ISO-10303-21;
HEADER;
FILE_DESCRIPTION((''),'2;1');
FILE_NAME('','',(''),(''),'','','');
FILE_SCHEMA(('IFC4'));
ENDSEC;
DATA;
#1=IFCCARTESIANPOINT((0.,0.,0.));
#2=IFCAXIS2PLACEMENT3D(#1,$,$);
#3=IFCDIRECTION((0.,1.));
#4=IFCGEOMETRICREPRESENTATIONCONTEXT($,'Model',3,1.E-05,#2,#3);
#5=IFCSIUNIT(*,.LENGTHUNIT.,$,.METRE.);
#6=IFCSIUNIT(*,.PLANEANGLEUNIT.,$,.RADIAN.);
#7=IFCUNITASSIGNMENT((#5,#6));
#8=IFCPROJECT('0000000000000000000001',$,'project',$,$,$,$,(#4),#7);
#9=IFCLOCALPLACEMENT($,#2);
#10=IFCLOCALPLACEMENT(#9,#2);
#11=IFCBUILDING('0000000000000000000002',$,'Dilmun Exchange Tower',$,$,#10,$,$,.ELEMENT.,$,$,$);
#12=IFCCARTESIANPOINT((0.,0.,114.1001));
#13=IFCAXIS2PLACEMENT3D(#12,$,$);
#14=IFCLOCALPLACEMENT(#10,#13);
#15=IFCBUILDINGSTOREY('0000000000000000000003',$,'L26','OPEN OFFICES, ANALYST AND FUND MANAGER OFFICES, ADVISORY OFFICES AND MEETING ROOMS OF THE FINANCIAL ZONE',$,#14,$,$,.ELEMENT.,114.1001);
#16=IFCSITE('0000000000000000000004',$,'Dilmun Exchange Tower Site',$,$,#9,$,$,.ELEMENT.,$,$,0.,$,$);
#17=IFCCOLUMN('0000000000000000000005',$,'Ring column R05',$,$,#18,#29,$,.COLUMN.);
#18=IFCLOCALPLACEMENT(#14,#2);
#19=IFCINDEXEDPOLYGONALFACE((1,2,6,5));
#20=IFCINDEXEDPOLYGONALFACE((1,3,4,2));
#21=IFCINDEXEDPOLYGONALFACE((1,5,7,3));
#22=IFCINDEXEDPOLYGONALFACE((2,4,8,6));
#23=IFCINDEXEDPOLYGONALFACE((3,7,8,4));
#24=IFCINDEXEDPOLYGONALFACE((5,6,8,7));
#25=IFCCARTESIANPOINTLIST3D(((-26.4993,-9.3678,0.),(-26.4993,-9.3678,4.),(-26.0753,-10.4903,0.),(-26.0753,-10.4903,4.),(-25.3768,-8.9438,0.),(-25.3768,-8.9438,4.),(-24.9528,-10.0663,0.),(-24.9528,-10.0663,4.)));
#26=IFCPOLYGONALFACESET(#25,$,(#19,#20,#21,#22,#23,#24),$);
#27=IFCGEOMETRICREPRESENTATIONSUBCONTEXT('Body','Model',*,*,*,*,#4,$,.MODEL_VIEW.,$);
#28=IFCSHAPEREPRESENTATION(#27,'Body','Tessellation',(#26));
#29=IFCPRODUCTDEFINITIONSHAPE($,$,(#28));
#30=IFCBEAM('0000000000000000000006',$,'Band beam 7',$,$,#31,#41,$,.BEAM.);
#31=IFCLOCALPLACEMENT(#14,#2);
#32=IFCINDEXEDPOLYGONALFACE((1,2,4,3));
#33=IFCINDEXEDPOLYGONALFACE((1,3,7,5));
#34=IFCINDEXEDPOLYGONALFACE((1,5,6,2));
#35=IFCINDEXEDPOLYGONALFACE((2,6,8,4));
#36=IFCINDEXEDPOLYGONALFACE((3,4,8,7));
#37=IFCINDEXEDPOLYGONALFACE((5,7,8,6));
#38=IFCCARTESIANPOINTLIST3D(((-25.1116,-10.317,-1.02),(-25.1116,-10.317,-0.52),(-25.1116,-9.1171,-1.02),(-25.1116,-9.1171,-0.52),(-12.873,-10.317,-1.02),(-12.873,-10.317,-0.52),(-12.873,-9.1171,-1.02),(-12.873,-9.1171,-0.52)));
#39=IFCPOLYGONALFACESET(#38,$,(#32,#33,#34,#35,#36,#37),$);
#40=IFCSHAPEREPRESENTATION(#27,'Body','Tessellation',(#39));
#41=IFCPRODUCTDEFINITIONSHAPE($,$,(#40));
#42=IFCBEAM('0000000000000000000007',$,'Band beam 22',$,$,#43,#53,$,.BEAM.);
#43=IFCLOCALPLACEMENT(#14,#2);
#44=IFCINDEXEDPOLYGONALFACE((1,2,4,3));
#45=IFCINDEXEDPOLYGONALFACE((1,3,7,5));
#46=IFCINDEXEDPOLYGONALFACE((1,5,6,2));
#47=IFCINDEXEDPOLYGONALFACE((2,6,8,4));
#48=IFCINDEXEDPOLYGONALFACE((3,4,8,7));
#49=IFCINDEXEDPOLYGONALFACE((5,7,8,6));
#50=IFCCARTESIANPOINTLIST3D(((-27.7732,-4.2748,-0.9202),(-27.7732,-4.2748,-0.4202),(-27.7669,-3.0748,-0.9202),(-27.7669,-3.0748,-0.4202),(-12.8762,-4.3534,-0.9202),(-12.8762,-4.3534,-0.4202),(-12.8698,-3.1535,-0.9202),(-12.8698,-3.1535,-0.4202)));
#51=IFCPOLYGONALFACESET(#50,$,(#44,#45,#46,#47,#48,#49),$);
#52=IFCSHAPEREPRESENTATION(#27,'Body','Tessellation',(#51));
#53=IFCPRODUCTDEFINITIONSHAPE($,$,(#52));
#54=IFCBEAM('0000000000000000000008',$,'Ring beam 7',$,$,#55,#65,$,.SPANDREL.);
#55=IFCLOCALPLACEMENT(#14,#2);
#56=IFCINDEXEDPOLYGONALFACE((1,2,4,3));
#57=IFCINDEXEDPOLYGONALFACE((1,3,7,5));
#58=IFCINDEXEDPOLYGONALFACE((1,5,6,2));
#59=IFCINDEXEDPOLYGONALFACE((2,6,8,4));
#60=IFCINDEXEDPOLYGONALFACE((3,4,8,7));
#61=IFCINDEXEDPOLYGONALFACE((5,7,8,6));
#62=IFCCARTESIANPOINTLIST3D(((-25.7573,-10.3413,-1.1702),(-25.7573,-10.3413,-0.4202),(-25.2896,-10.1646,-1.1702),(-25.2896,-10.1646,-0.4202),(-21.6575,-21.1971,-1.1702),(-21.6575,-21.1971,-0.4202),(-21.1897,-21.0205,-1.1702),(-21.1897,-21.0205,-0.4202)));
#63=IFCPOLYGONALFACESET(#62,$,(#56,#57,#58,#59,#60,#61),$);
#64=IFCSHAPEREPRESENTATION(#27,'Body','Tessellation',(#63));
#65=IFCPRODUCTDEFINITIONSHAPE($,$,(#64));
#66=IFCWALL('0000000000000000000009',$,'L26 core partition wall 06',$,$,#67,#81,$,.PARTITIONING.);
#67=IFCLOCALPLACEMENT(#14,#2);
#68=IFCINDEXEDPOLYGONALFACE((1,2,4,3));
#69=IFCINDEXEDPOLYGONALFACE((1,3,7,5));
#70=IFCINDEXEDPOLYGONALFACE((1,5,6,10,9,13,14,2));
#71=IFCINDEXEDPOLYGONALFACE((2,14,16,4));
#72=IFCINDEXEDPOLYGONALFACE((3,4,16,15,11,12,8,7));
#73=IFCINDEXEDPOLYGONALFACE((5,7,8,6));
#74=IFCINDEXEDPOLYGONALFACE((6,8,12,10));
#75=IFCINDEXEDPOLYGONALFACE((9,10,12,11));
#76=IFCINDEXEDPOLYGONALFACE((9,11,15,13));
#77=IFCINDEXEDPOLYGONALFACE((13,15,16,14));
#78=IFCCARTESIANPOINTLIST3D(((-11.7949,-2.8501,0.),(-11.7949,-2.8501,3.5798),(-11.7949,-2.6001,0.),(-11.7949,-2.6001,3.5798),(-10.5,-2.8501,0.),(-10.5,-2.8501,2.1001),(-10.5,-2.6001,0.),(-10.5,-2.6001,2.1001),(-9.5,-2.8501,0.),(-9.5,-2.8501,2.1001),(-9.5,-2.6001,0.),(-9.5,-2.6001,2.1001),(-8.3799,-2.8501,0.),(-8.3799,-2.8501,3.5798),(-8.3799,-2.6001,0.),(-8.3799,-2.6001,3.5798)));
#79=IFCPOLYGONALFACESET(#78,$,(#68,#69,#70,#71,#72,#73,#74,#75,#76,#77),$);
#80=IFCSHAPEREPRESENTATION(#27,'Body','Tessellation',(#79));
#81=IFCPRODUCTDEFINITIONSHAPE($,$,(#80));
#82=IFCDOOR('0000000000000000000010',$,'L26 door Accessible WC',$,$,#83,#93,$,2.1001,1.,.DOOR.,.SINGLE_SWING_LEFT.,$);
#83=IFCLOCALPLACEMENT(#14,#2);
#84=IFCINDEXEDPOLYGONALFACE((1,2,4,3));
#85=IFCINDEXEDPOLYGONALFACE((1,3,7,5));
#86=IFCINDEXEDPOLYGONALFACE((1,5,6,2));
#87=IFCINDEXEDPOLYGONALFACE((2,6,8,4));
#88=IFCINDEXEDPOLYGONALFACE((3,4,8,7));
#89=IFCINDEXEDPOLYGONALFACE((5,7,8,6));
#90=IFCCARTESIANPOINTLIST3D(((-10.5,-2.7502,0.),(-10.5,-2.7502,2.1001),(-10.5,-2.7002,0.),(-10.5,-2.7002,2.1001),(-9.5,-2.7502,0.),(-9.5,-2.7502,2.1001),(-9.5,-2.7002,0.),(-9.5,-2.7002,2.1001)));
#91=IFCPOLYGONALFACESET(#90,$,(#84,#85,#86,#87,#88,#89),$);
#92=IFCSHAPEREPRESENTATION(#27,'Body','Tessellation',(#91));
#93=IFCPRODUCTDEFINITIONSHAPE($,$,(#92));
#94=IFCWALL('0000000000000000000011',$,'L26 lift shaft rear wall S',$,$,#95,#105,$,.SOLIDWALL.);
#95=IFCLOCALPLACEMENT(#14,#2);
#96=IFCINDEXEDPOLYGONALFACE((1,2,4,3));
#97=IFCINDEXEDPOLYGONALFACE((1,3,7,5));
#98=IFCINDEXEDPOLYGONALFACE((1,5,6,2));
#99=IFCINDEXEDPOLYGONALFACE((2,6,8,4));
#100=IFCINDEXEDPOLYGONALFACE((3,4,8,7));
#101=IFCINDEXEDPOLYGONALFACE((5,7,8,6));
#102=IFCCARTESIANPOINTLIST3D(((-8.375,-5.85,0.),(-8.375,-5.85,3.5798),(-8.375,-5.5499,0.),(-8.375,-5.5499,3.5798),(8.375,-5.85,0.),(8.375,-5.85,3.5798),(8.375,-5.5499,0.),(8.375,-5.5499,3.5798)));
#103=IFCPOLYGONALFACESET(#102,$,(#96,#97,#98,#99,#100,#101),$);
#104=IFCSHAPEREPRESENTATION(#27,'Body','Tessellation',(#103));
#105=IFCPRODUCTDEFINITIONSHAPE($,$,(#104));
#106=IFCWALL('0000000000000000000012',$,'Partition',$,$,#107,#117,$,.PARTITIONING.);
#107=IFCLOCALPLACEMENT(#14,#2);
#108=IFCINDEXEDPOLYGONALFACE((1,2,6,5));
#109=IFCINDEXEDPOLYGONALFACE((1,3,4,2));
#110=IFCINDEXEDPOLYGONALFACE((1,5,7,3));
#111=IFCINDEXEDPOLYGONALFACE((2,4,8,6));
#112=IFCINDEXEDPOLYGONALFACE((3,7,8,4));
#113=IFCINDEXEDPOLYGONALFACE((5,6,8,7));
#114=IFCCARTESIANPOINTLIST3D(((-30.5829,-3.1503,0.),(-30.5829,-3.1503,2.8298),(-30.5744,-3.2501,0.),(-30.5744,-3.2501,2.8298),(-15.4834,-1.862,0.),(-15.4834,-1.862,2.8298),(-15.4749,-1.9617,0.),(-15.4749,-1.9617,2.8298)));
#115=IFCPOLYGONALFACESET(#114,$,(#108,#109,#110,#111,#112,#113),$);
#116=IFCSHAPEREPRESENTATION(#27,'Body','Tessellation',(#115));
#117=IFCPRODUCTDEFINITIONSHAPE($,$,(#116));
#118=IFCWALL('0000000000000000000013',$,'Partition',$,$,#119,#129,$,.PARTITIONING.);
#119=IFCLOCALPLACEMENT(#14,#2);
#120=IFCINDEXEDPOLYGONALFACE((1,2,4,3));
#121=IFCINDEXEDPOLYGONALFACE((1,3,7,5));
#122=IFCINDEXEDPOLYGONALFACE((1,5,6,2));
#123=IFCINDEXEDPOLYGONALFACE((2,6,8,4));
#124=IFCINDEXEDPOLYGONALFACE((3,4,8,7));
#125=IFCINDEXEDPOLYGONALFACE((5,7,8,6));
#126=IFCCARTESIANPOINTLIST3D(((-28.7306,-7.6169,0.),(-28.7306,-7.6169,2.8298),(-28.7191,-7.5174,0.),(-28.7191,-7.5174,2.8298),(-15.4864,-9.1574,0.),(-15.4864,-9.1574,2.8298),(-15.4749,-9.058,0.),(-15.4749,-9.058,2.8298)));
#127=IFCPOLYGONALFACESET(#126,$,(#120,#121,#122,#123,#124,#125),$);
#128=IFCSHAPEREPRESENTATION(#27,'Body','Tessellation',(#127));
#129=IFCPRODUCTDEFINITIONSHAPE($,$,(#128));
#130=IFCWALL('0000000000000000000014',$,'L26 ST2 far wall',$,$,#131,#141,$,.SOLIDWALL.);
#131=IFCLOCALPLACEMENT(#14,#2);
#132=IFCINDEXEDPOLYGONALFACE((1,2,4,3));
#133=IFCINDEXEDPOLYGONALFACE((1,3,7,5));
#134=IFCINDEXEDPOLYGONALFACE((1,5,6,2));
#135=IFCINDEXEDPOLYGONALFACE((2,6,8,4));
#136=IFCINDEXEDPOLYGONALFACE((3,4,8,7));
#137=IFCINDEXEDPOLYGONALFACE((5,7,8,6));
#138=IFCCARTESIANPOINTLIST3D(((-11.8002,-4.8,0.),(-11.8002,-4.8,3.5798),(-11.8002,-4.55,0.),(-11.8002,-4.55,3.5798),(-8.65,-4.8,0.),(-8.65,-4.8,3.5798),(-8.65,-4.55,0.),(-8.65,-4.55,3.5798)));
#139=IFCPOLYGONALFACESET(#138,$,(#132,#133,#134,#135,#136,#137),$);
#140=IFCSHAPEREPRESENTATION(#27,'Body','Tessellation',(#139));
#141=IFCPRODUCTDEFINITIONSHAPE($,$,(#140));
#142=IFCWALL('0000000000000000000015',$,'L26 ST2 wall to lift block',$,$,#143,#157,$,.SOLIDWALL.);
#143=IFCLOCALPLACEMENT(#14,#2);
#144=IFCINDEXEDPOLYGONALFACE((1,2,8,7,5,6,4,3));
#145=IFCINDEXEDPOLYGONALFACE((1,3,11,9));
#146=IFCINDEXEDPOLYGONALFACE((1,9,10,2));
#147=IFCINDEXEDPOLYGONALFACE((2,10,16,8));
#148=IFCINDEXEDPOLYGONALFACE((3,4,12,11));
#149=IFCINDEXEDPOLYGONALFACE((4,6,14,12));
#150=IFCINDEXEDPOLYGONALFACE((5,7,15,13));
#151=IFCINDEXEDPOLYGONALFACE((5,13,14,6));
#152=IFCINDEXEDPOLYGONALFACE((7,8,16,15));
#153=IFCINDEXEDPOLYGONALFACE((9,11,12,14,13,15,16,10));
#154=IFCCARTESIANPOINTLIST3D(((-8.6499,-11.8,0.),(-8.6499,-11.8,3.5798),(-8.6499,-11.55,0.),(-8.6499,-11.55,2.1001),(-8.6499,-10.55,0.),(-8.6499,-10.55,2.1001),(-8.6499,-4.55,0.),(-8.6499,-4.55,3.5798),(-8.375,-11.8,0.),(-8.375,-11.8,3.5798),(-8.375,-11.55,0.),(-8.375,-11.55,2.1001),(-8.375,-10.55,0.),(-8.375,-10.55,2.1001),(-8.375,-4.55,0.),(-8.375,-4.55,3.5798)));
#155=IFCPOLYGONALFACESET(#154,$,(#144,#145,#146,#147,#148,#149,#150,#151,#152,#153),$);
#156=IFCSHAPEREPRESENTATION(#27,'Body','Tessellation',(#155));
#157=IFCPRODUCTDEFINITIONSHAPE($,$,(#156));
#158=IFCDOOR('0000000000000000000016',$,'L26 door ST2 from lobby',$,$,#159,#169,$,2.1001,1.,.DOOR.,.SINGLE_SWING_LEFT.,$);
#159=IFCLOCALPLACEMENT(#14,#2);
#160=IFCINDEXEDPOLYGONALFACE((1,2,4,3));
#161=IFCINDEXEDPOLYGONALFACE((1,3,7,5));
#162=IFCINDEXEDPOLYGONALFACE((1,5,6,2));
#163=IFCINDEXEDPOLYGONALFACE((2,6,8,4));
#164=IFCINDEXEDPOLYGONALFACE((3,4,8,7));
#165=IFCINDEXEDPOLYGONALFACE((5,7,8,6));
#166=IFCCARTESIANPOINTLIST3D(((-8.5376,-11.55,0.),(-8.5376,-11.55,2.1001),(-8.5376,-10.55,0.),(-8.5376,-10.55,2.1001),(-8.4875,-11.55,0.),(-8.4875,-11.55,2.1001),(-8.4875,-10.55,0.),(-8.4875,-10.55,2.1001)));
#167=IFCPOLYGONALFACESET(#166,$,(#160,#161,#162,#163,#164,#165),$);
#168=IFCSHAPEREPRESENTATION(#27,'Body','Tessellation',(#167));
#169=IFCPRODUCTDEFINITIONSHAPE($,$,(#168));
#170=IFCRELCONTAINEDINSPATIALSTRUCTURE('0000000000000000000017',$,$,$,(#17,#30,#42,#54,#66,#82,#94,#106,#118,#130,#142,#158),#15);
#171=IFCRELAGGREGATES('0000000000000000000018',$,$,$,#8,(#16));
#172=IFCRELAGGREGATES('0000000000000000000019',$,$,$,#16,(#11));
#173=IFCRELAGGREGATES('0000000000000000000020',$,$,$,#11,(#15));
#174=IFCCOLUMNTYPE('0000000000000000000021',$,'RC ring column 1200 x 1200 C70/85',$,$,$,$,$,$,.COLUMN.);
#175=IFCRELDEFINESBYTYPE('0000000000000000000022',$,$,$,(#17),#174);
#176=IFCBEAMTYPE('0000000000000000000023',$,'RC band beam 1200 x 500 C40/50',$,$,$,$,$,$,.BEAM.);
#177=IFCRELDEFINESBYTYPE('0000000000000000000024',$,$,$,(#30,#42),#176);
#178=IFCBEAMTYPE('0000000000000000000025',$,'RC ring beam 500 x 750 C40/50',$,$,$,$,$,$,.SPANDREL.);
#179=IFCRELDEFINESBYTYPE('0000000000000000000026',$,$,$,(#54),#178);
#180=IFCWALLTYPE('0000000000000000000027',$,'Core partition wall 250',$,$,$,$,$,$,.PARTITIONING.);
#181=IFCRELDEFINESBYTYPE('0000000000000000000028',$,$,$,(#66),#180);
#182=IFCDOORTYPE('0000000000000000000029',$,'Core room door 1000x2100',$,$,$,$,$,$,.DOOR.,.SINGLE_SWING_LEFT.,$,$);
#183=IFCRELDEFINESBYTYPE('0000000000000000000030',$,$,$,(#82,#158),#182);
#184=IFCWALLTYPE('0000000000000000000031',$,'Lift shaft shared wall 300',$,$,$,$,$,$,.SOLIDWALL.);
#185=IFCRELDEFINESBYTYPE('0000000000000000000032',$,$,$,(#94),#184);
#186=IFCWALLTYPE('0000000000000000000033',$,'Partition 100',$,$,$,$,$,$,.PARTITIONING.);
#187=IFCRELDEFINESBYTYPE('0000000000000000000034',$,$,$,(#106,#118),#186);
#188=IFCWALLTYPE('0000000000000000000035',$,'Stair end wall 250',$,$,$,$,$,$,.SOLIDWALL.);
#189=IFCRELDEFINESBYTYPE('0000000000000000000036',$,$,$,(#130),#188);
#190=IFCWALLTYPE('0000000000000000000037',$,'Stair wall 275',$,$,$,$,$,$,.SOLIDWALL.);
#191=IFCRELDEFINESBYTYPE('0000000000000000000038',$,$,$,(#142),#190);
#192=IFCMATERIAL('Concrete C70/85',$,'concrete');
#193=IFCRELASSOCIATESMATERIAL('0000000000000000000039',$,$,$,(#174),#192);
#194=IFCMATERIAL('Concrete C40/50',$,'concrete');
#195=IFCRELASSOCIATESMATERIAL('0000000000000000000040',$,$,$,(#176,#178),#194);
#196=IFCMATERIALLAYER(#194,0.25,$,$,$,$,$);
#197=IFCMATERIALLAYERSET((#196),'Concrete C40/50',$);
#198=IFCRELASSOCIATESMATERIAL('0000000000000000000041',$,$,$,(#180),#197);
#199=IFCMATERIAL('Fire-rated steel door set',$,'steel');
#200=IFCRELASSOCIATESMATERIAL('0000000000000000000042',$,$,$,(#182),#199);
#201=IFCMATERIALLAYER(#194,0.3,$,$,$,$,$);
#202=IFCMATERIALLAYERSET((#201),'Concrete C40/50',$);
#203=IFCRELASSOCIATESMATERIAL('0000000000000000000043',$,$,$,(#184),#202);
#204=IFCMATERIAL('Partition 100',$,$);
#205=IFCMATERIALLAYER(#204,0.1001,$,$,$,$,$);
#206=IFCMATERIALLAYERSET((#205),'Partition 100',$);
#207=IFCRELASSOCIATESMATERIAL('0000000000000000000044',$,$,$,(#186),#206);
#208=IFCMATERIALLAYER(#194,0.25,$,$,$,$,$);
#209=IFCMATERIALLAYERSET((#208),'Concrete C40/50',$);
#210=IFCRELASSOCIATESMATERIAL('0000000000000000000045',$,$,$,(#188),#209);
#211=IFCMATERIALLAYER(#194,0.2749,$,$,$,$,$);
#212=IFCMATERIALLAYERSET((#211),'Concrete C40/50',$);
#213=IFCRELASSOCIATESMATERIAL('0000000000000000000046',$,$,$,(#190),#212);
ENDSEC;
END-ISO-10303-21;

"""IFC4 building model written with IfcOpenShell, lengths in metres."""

from ifc_helpers import new_model, si_unit, direction, frame, frame_2d, origin, origin_2d, place, context, subcontext, project, spatial, rectangle, extrude, material, layer, layer_set, material_profile, profile_set, type_object, element, fill, save


model = new_model("IFC4")

# Units and contexts
model_context = context("Model", 3, precision=1e-05, world=origin(), true_north=direction((0.0, 1.0)))
body_context = subcontext(model_context, "Body", "Model", "MODEL_VIEW")
ifc_project = project(units=[si_unit("LENGTHUNIT", "METRE"), si_unit("PLANEANGLEUNIT", "RADIAN")], contexts=[model_context])

# Site, building, storey
site_placement = place(None, origin())
site = spatial("IfcSite", under=ifc_project, at=site_placement, Name="Dilmun Exchange Tower Site", CompositionType="ELEMENT", RefElevation=0.0)
building_placement = place(site_placement, origin())
building = spatial("IfcBuilding", under=site, at=building_placement, Name="Dilmun Exchange Tower", CompositionType="ELEMENT")
storey_placement = place(building_placement, frame((0.0, 0.0, 114.1001)))
storey = spatial("IfcBuildingStorey", under=building, at=storey_placement, Name="L26", Description="OPEN OFFICES, ANALYST AND FUND MANAGER OFFICES, ADVISORY OFFICES AND MEETING ROOMS OF THE FINANCIAL ZONE", CompositionType="ELEMENT", Elevation=114.1001)

# Column
ifc_material_1 = material(Name="Concrete C70/85", Category="concrete")
ifc_material_profile_1 = material_profile(ifc_material_1, rectangle(XDim=1.2, YDim=1.2, at=origin_2d()), Name="1200 x 1200")
ifc_profile_set_1 = profile_set([ifc_material_profile_1], Name="Concrete C70/85")
column_type = type_object("IfcColumnType", Name="RC ring column 1200 x 1200 C70/85", PredefinedType="COLUMN", material=ifc_profile_set_1)
column_placement = place(storey_placement, frame((-25.7261, -9.717, 0.0), z_axis=(0.0, 0.0, 1.0), x_axis=(0.935492, 0.353349, 0.0)))
element("IfcColumn", 1, at=column_placement, inside=storey, type_object=column_type, Name="Ring column R05", PredefinedType="COLUMN", context=body_context, shape_type="SweptSolid", body=[
    extrude(rectangle(XDim=1.2, YDim=1.2, at=origin_2d()), origin(), (0.0, 0.0, 1.0), 4.0),
])

# Beams
ifc_material_2 = material(Name="Concrete C40/50", Category="concrete")
ifc_material_profile_2 = material_profile(ifc_material_2, rectangle(XDim=1.2, YDim=0.5, at=origin_2d()), Name="1200 x 500")
ifc_profile_set_2 = profile_set([ifc_material_profile_2], Name="Concrete C40/50")
beam_type_1 = type_object("IfcBeamType", Name="RC band beam 1200 x 500 C40/50", PredefinedType="BEAM", material=ifc_profile_set_2)
beam_1_placement = place(storey_placement, frame((-25.1116, -9.717, -0.77), z_axis=(1.0, 0.0, 0.0), x_axis=(0.0, 1.0, 0.0)))
element("IfcBeam", 2, at=beam_1_placement, inside=storey, type_object=beam_type_1, Name="Band beam 7", PredefinedType="BEAM", context=body_context, shape_type="SweptSolid", body=[
    extrude(rectangle(XDim=1.2, YDim=0.5, at=origin_2d()), origin(), (0.0, 0.0, 1.0), 12.2385),
])
beam_2_placement = place(storey_placement, frame((-27.77, -3.6748, -0.6702), z_axis=(0.999986, -0.005277, 0.0), x_axis=(0.005277, 0.999986, 0.0)))
element("IfcBeam", 3, at=beam_2_placement, inside=storey, type_object=beam_type_1, Name="Band beam 22", PredefinedType="BEAM", context=body_context, shape_type="SweptSolid", body=[
    extrude(rectangle(XDim=1.2, YDim=0.5, at=origin_2d()), origin(), (0.0, 0.0, 1.0), 14.8972),
])
ifc_material_profile_3 = material_profile(ifc_material_2, rectangle(XDim=0.5, YDim=0.75, at=origin_2d()), Name="500 x 750")
ifc_profile_set_3 = profile_set([ifc_material_profile_3], Name="Concrete C40/50")
beam_type_2 = type_object("IfcBeamType", Name="RC ring beam 500 x 750 C40/50", PredefinedType="SPANDREL", material=ifc_profile_set_3)
beam_3_placement = place(storey_placement, frame((-25.5234, -10.2529, -0.7952), z_axis=(0.353304, -0.935509, 0.0), x_axis=(0.935509, 0.353304, 0.0)))
element("IfcBeam", 4, at=beam_3_placement, inside=storey, type_object=beam_type_2, Name="Ring beam 7", PredefinedType="SPANDREL", context=body_context, shape_type="SweptSolid", body=[
    extrude(rectangle(XDim=0.5, YDim=0.75, at=origin_2d()), origin(), (0.0, 0.0, 1.0), 11.6042),
])

# Wall, opening, door
ifc_layer_1 = layer(ifc_material_2, 0.25)
ifc_layer_set_1 = layer_set([ifc_layer_1], Name="Concrete C40/50")
wall_type_1 = type_object("IfcWallType", Name="Core partition wall 250", PredefinedType="PARTITIONING", material=ifc_layer_set_1)
wall_1_placement = place(storey_placement, frame((-11.7949, -2.7251, 0.0), z_axis=(0.0, 0.0, 1.0), x_axis=(1.0, 0.0, 0.0)))
wall_1 = element("IfcWall", 5, at=wall_1_placement, inside=storey, type_object=wall_type_1, Name="L26 core partition wall 06", PredefinedType="PARTITIONING", context=body_context, shape_type="SweptSolid", body=[
    extrude(rectangle(XDim=3.415, YDim=0.25, at=frame_2d((1.7075, 0.0))), origin(), (0.0, 0.0, 1.0), 3.5798),
])
opening_1_placement = place(wall_1_placement, frame((1.2949, 0.0, 0.0)))
opening_1 = element("IfcOpeningElement", 6, at=opening_1_placement, cuts=wall_1, PredefinedType="OPENING", context=body_context, shape_type="SweptSolid", body=[
    extrude(rectangle(XDim=1.0, YDim=2.1001, at=frame_2d((0.5, 1.05))), frame((0.0, 0.135, 0.0), z_axis=(0.0, -1.0, 0.0), x_axis=(1.0, 0.0, 0.0)), (0.0, 0.0, 1.0), 0.27),
])
ifc_material_3 = material(Name="Fire-rated steel door set", Category="steel")
door_type = type_object("IfcDoorType", Name="Core room door 1000x2100", OperationType="SINGLE_SWING_LEFT", PredefinedType="DOOR", material=ifc_material_3)
door_1_placement = place(opening_1_placement, origin())
door_1 = element("IfcDoor", 7, at=door_1_placement, inside=storey, type_object=door_type, Name="L26 door Accessible WC", OperationType="SINGLE_SWING_LEFT", OverallHeight=2.1001, OverallWidth=1.0, PredefinedType="DOOR", context=body_context, shape_type="SweptSolid", body=[
    extrude(rectangle(XDim=1.0, YDim=2.1001, at=frame_2d((0.5, 1.05))), frame((0.0, 0.0249, 0.0), z_axis=(0.0, -1.0, 0.0), x_axis=(1.0, 0.0, 0.0)), (0.0, 0.0, 1.0), 0.05),
])
fill(opening_1, door_1)

# Walls
ifc_layer_2 = layer(ifc_material_2, 0.3)
ifc_layer_set_2 = layer_set([ifc_layer_2], Name="Concrete C40/50")
wall_type_2 = type_object("IfcWallType", Name="Lift shaft shared wall 300", PredefinedType="SOLIDWALL", material=ifc_layer_set_2)
wall_2_placement = place(storey_placement, frame((-8.375, -5.7, 0.0), z_axis=(0.0, 0.0, 1.0), x_axis=(1.0, 0.0, 0.0)))
element("IfcWall", 8, at=wall_2_placement, inside=storey, type_object=wall_type_2, Name="L26 lift shaft rear wall S", PredefinedType="SOLIDWALL", context=body_context, shape_type="SweptSolid", body=[
    extrude(rectangle(XDim=16.75, YDim=0.3, at=frame_2d((8.375, 0.0))), origin(), (0.0, 0.0, 1.0), 3.5798),
])
ifc_material_4 = material(Name="Partition 100")
ifc_layer_3 = layer(ifc_material_4, 0.1001)
ifc_layer_set_3 = layer_set([ifc_layer_3], Name="Partition 100")
wall_type_3 = type_object("IfcWallType", Name="Partition 100", PredefinedType="PARTITIONING", material=ifc_layer_set_3)
wall_3_placement = place(storey_placement, frame((-30.5786, -3.2002, 0.0), z_axis=(0.0, 0.0, 1.0), x_axis=(0.99638, 0.085015, 0.0)))
element("IfcWall", 9, at=wall_3_placement, inside=storey, type_object=wall_type_3, Name="Partition", PredefinedType="PARTITIONING", context=body_context, shape_type="SweptSolid", body=[
    extrude(rectangle(XDim=15.1543, YDim=0.1001, at=frame_2d((7.5771, 0.0))), origin(), (0.0, 0.0, 1.0), 2.8298),
])
wall_4_placement = place(storey_placement, frame((-28.7249, -7.5671, 0.0), z_axis=(0.0, 0.0, 1.0), x_axis=(0.993303, -0.115539, 0.0)))
element("IfcWall", 10, at=wall_4_placement, inside=storey, type_object=wall_type_3, Name="Partition", PredefinedType="PARTITIONING", context=body_context, shape_type="SweptSolid", body=[
    extrude(rectangle(XDim=13.3335, YDim=0.1001, at=frame_2d((6.6667, 0.0))), origin(), (0.0, 0.0, 1.0), 2.8298),
])
ifc_layer_4 = layer(ifc_material_2, 0.25)
ifc_layer_set_4 = layer_set([ifc_layer_4], Name="Concrete C40/50")
wall_type_4 = type_object("IfcWallType", Name="Stair end wall 250", PredefinedType="SOLIDWALL", material=ifc_layer_set_4)
wall_5_placement = place(storey_placement, frame((-8.6499, -4.675, 0.0), z_axis=(0.0, 0.0, 1.0), x_axis=(-1.0, 0.0, 0.0)))
element("IfcWall", 11, at=wall_5_placement, inside=storey, type_object=wall_type_4, Name="L26 ST2 far wall", PredefinedType="SOLIDWALL", context=body_context, shape_type="SweptSolid", body=[
    extrude(rectangle(XDim=3.1501, YDim=0.25, at=frame_2d((1.5752, 0.0))), origin(), (0.0, 0.0, 1.0), 3.5798),
])

# Wall, opening, door
ifc_layer_5 = layer(ifc_material_2, 0.2749)
ifc_layer_set_5 = layer_set([ifc_layer_5], Name="Concrete C40/50")
wall_type_5 = type_object("IfcWallType", Name="Stair wall 275", PredefinedType="SOLIDWALL", material=ifc_layer_set_5)
wall_6_placement = place(storey_placement, frame((-8.5125, -4.55, 0.0), z_axis=(0.0, 0.0, 1.0), x_axis=(0.0, -1.0, 0.0)))
wall_6 = element("IfcWall", 12, at=wall_6_placement, inside=storey, type_object=wall_type_5, Name="L26 ST2 wall to lift block", PredefinedType="SOLIDWALL", context=body_context, shape_type="SweptSolid", body=[
    extrude(rectangle(XDim=7.25, YDim=0.2749, at=frame_2d((3.625, 0.0))), origin(), (0.0, 0.0, 1.0), 3.5798),
])
opening_2_placement = place(wall_6_placement, frame((6.0, 0.0, 0.0)))
opening_2 = element("IfcOpeningElement", 13, at=opening_2_placement, cuts=wall_6, PredefinedType="OPENING", context=body_context, shape_type="SweptSolid", body=[
    extrude(rectangle(XDim=1.0, YDim=2.1001, at=frame_2d((0.5, 1.05))), frame((0.0, 0.1475, 0.0), z_axis=(0.0, -1.0, 0.0), x_axis=(1.0, 0.0, 0.0)), (0.0, 0.0, 1.0), 0.2949),
])
door_2_placement = place(opening_2_placement, origin())
door_2 = element("IfcDoor", 14, at=door_2_placement, inside=storey, type_object=door_type, Name="L26 door ST2 from lobby", OperationType="SINGLE_SWING_LEFT", OverallHeight=2.1001, OverallWidth=1.0, PredefinedType="DOOR", context=body_context, shape_type="SweptSolid", body=[
    extrude(rectangle(XDim=1.0, YDim=2.1001, at=frame_2d((0.5, 1.05))), frame((0.0, 0.0249, 0.0), z_axis=(0.0, -1.0, 0.0), x_axis=(1.0, 0.0, 0.0)), (0.0, 0.0, 1.0), 0.05),
])
fill(opening_2, door_2)

save(model, "model.ifc")
